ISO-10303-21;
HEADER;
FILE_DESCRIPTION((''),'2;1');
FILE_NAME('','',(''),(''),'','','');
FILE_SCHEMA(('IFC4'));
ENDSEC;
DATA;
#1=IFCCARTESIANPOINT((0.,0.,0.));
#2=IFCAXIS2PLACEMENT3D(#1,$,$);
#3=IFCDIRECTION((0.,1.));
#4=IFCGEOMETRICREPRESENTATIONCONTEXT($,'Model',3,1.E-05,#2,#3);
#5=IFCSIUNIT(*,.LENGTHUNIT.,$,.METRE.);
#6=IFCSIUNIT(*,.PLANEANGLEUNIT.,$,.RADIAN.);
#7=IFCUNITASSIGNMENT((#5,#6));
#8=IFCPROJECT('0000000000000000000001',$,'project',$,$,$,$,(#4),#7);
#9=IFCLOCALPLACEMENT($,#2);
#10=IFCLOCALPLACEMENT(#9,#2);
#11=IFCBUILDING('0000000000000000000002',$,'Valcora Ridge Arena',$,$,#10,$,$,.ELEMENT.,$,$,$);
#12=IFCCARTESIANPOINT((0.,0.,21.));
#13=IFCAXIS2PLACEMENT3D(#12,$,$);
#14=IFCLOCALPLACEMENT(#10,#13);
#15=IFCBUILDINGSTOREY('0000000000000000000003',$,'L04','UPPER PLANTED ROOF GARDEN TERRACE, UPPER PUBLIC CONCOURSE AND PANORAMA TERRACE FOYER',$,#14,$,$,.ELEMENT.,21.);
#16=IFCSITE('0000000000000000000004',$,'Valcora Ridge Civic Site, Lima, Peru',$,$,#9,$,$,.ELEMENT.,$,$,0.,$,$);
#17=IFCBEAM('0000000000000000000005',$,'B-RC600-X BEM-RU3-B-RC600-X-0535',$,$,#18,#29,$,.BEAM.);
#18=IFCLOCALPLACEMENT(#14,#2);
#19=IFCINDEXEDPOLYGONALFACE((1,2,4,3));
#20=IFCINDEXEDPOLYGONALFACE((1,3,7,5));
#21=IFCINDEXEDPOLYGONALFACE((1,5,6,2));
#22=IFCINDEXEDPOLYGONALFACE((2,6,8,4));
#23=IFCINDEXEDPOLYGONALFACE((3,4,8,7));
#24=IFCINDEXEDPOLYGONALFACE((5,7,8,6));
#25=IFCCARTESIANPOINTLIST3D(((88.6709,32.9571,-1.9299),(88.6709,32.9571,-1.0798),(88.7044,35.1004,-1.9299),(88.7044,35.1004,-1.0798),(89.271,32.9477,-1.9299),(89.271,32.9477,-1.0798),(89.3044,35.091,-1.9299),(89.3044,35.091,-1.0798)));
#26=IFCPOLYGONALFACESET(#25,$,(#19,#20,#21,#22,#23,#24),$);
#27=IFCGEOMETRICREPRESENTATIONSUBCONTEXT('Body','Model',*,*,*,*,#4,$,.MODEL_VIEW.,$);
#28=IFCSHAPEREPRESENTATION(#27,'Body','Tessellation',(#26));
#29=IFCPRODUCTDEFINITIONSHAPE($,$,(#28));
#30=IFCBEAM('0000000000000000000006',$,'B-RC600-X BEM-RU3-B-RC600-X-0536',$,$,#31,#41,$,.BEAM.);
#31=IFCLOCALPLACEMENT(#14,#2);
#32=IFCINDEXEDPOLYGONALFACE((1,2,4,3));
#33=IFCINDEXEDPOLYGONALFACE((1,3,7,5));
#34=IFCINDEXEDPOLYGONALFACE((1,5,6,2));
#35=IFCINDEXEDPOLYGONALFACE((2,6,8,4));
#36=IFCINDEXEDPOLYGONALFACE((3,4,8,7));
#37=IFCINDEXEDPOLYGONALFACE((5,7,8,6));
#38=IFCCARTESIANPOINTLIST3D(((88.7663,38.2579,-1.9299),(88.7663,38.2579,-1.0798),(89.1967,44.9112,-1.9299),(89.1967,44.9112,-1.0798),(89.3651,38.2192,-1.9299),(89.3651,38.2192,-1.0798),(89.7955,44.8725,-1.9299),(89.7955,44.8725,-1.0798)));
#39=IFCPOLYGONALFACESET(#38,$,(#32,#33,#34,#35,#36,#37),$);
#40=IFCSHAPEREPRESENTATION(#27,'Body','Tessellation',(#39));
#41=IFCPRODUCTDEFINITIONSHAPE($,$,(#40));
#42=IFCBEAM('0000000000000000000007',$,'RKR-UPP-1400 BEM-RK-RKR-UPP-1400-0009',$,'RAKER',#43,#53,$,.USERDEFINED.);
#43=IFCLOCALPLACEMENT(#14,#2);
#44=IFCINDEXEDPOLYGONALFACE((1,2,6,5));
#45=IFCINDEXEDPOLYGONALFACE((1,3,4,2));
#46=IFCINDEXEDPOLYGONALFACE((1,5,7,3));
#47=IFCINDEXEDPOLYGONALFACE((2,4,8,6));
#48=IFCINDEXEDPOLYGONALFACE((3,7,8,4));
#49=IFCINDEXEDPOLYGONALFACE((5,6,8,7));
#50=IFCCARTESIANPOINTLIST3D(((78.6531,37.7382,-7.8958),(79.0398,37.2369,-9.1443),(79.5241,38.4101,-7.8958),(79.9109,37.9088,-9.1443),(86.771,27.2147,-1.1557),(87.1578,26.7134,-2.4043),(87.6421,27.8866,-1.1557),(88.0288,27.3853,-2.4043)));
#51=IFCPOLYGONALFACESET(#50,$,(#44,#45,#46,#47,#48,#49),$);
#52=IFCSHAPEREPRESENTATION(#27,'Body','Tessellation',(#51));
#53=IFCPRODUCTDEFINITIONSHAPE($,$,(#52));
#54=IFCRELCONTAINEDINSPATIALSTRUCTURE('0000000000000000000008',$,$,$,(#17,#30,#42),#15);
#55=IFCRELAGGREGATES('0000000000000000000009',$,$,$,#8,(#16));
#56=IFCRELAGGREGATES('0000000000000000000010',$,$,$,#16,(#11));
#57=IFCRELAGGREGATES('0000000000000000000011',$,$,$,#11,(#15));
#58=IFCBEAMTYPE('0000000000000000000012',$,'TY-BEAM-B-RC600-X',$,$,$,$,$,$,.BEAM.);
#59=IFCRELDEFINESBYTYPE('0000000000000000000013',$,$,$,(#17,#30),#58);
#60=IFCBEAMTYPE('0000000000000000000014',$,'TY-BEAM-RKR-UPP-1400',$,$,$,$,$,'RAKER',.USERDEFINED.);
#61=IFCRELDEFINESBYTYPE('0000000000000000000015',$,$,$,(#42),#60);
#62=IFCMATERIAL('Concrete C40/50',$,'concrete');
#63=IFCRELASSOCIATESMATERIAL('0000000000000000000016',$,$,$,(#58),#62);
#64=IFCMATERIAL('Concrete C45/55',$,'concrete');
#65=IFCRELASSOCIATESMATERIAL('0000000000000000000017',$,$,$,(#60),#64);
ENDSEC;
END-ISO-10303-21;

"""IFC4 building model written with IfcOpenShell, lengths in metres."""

from ifc_helpers import new_model, si_unit, direction, frame, origin, origin_2d, place, context, subcontext, project, spatial, rectangle, extrude, material, material_profile, profile_set, type_object, element, save


model = new_model("IFC4")

# Units and contexts
model_context = context("Model", 3, precision=1e-05, world=origin(), true_north=direction((0.0, 1.0)))
body_context = subcontext(model_context, "Body", "Model", "MODEL_VIEW")
ifc_project = project(units=[si_unit("LENGTHUNIT", "METRE"), si_unit("PLANEANGLEUNIT", "RADIAN")], contexts=[model_context])

# Site, building, storey
site_placement = place(None, origin())
site = spatial("IfcSite", under=ifc_project, at=site_placement, Name="Valcora Ridge Civic Site, Lima, Peru", CompositionType="ELEMENT", RefElevation=0.0)
building_placement = place(site_placement, origin())
building = spatial("IfcBuilding", under=site, at=building_placement, Name="Valcora Ridge Arena", CompositionType="ELEMENT")
storey_placement = place(building_placement, frame((0.0, 0.0, 21.0)))
storey = spatial("IfcBuildingStorey", under=building, at=storey_placement, Name="L04", Description="UPPER PLANTED ROOF GARDEN TERRACE, UPPER PUBLIC CONCOURSE AND PANORAMA TERRACE FOYER", CompositionType="ELEMENT", Elevation=21.0)

# Beams
ifc_material_1 = material(Name="Concrete C40/50", Category="concrete")
ifc_material_profile_1 = material_profile(ifc_material_1, rectangle(XDim=0.6001, YDim=0.8501, at=origin_2d()), Name="RC 600x850")
ifc_profile_set_1 = profile_set([ifc_material_profile_1], Name="Concrete C40/50")
beam_type_1 = type_object("IfcBeamType", Name="TY-BEAM-B-RC600-X", PredefinedType="BEAM", material=ifc_profile_set_1)
beam_1_placement = place(storey_placement, frame((88.9709, 32.9524, -1.5049), z_axis=(0.015604, 0.999878, 0.0), x_axis=(-0.999878, 0.015604, 0.0)))
element("IfcBeam", 1, at=beam_1_placement, inside=storey, type_object=beam_type_1, Name="B-RC600-X BEM-RU3-B-RC600-X-0535", PredefinedType="BEAM", context=body_context, shape_type="SweptSolid", body=[
    extrude(rectangle(XDim=0.6001, YDim=0.8501, at=origin_2d()), origin(), (0.0, 0.0, 1.0), 2.1436),
])
beam_2_placement = place(storey_placement, frame((89.0657, 38.2385, -1.5049), z_axis=(0.064558, 0.997914, 0.0), x_axis=(-0.997914, 0.064558, 0.0)))
element("IfcBeam", 2, at=beam_2_placement, inside=storey, type_object=beam_type_1, Name="B-RC600-X BEM-RU3-B-RC600-X-0536", PredefinedType="BEAM", context=body_context, shape_type="SweptSolid", body=[
    extrude(rectangle(XDim=0.6001, YDim=0.8501, at=origin_2d()), origin(), (0.0, 0.0, 1.0), 6.6672),
])
ifc_material_2 = material(Name="Concrete C45/55", Category="concrete")
ifc_material_profile_2 = material_profile(ifc_material_2, rectangle(XDim=1.1001, YDim=1.3999, at=origin_2d()), Name="RC 1100x1400")
ifc_profile_set_2 = profile_set([ifc_material_profile_2], Name="Concrete C45/55")
beam_type_2 = type_object("IfcBeamType", Name="TY-BEAM-RKR-UPP-1400", ElementType="RAKER", PredefinedType="USERDEFINED", material=ifc_profile_set_2)
beam_3_placement = place(storey_placement, frame((79.282, 37.8235, -8.52), z_axis=(0.544752, -0.706174, 0.452286), x_axis=(0.791788, 0.610796, 0.0)))
element("IfcBeam", 3, at=beam_3_placement, inside=storey, type_object=beam_type_2, Name="RKR-UPP-1400 BEM-RK-RKR-UPP-1400-0009", ObjectType="RAKER", PredefinedType="USERDEFINED", context=body_context, shape_type="SweptSolid", body=[
    extrude(rectangle(XDim=1.1001, YDim=1.3999, at=origin_2d()), origin(), (0.0, 0.0, 1.0), 14.9021),
])

save(model, "model.ifc")
